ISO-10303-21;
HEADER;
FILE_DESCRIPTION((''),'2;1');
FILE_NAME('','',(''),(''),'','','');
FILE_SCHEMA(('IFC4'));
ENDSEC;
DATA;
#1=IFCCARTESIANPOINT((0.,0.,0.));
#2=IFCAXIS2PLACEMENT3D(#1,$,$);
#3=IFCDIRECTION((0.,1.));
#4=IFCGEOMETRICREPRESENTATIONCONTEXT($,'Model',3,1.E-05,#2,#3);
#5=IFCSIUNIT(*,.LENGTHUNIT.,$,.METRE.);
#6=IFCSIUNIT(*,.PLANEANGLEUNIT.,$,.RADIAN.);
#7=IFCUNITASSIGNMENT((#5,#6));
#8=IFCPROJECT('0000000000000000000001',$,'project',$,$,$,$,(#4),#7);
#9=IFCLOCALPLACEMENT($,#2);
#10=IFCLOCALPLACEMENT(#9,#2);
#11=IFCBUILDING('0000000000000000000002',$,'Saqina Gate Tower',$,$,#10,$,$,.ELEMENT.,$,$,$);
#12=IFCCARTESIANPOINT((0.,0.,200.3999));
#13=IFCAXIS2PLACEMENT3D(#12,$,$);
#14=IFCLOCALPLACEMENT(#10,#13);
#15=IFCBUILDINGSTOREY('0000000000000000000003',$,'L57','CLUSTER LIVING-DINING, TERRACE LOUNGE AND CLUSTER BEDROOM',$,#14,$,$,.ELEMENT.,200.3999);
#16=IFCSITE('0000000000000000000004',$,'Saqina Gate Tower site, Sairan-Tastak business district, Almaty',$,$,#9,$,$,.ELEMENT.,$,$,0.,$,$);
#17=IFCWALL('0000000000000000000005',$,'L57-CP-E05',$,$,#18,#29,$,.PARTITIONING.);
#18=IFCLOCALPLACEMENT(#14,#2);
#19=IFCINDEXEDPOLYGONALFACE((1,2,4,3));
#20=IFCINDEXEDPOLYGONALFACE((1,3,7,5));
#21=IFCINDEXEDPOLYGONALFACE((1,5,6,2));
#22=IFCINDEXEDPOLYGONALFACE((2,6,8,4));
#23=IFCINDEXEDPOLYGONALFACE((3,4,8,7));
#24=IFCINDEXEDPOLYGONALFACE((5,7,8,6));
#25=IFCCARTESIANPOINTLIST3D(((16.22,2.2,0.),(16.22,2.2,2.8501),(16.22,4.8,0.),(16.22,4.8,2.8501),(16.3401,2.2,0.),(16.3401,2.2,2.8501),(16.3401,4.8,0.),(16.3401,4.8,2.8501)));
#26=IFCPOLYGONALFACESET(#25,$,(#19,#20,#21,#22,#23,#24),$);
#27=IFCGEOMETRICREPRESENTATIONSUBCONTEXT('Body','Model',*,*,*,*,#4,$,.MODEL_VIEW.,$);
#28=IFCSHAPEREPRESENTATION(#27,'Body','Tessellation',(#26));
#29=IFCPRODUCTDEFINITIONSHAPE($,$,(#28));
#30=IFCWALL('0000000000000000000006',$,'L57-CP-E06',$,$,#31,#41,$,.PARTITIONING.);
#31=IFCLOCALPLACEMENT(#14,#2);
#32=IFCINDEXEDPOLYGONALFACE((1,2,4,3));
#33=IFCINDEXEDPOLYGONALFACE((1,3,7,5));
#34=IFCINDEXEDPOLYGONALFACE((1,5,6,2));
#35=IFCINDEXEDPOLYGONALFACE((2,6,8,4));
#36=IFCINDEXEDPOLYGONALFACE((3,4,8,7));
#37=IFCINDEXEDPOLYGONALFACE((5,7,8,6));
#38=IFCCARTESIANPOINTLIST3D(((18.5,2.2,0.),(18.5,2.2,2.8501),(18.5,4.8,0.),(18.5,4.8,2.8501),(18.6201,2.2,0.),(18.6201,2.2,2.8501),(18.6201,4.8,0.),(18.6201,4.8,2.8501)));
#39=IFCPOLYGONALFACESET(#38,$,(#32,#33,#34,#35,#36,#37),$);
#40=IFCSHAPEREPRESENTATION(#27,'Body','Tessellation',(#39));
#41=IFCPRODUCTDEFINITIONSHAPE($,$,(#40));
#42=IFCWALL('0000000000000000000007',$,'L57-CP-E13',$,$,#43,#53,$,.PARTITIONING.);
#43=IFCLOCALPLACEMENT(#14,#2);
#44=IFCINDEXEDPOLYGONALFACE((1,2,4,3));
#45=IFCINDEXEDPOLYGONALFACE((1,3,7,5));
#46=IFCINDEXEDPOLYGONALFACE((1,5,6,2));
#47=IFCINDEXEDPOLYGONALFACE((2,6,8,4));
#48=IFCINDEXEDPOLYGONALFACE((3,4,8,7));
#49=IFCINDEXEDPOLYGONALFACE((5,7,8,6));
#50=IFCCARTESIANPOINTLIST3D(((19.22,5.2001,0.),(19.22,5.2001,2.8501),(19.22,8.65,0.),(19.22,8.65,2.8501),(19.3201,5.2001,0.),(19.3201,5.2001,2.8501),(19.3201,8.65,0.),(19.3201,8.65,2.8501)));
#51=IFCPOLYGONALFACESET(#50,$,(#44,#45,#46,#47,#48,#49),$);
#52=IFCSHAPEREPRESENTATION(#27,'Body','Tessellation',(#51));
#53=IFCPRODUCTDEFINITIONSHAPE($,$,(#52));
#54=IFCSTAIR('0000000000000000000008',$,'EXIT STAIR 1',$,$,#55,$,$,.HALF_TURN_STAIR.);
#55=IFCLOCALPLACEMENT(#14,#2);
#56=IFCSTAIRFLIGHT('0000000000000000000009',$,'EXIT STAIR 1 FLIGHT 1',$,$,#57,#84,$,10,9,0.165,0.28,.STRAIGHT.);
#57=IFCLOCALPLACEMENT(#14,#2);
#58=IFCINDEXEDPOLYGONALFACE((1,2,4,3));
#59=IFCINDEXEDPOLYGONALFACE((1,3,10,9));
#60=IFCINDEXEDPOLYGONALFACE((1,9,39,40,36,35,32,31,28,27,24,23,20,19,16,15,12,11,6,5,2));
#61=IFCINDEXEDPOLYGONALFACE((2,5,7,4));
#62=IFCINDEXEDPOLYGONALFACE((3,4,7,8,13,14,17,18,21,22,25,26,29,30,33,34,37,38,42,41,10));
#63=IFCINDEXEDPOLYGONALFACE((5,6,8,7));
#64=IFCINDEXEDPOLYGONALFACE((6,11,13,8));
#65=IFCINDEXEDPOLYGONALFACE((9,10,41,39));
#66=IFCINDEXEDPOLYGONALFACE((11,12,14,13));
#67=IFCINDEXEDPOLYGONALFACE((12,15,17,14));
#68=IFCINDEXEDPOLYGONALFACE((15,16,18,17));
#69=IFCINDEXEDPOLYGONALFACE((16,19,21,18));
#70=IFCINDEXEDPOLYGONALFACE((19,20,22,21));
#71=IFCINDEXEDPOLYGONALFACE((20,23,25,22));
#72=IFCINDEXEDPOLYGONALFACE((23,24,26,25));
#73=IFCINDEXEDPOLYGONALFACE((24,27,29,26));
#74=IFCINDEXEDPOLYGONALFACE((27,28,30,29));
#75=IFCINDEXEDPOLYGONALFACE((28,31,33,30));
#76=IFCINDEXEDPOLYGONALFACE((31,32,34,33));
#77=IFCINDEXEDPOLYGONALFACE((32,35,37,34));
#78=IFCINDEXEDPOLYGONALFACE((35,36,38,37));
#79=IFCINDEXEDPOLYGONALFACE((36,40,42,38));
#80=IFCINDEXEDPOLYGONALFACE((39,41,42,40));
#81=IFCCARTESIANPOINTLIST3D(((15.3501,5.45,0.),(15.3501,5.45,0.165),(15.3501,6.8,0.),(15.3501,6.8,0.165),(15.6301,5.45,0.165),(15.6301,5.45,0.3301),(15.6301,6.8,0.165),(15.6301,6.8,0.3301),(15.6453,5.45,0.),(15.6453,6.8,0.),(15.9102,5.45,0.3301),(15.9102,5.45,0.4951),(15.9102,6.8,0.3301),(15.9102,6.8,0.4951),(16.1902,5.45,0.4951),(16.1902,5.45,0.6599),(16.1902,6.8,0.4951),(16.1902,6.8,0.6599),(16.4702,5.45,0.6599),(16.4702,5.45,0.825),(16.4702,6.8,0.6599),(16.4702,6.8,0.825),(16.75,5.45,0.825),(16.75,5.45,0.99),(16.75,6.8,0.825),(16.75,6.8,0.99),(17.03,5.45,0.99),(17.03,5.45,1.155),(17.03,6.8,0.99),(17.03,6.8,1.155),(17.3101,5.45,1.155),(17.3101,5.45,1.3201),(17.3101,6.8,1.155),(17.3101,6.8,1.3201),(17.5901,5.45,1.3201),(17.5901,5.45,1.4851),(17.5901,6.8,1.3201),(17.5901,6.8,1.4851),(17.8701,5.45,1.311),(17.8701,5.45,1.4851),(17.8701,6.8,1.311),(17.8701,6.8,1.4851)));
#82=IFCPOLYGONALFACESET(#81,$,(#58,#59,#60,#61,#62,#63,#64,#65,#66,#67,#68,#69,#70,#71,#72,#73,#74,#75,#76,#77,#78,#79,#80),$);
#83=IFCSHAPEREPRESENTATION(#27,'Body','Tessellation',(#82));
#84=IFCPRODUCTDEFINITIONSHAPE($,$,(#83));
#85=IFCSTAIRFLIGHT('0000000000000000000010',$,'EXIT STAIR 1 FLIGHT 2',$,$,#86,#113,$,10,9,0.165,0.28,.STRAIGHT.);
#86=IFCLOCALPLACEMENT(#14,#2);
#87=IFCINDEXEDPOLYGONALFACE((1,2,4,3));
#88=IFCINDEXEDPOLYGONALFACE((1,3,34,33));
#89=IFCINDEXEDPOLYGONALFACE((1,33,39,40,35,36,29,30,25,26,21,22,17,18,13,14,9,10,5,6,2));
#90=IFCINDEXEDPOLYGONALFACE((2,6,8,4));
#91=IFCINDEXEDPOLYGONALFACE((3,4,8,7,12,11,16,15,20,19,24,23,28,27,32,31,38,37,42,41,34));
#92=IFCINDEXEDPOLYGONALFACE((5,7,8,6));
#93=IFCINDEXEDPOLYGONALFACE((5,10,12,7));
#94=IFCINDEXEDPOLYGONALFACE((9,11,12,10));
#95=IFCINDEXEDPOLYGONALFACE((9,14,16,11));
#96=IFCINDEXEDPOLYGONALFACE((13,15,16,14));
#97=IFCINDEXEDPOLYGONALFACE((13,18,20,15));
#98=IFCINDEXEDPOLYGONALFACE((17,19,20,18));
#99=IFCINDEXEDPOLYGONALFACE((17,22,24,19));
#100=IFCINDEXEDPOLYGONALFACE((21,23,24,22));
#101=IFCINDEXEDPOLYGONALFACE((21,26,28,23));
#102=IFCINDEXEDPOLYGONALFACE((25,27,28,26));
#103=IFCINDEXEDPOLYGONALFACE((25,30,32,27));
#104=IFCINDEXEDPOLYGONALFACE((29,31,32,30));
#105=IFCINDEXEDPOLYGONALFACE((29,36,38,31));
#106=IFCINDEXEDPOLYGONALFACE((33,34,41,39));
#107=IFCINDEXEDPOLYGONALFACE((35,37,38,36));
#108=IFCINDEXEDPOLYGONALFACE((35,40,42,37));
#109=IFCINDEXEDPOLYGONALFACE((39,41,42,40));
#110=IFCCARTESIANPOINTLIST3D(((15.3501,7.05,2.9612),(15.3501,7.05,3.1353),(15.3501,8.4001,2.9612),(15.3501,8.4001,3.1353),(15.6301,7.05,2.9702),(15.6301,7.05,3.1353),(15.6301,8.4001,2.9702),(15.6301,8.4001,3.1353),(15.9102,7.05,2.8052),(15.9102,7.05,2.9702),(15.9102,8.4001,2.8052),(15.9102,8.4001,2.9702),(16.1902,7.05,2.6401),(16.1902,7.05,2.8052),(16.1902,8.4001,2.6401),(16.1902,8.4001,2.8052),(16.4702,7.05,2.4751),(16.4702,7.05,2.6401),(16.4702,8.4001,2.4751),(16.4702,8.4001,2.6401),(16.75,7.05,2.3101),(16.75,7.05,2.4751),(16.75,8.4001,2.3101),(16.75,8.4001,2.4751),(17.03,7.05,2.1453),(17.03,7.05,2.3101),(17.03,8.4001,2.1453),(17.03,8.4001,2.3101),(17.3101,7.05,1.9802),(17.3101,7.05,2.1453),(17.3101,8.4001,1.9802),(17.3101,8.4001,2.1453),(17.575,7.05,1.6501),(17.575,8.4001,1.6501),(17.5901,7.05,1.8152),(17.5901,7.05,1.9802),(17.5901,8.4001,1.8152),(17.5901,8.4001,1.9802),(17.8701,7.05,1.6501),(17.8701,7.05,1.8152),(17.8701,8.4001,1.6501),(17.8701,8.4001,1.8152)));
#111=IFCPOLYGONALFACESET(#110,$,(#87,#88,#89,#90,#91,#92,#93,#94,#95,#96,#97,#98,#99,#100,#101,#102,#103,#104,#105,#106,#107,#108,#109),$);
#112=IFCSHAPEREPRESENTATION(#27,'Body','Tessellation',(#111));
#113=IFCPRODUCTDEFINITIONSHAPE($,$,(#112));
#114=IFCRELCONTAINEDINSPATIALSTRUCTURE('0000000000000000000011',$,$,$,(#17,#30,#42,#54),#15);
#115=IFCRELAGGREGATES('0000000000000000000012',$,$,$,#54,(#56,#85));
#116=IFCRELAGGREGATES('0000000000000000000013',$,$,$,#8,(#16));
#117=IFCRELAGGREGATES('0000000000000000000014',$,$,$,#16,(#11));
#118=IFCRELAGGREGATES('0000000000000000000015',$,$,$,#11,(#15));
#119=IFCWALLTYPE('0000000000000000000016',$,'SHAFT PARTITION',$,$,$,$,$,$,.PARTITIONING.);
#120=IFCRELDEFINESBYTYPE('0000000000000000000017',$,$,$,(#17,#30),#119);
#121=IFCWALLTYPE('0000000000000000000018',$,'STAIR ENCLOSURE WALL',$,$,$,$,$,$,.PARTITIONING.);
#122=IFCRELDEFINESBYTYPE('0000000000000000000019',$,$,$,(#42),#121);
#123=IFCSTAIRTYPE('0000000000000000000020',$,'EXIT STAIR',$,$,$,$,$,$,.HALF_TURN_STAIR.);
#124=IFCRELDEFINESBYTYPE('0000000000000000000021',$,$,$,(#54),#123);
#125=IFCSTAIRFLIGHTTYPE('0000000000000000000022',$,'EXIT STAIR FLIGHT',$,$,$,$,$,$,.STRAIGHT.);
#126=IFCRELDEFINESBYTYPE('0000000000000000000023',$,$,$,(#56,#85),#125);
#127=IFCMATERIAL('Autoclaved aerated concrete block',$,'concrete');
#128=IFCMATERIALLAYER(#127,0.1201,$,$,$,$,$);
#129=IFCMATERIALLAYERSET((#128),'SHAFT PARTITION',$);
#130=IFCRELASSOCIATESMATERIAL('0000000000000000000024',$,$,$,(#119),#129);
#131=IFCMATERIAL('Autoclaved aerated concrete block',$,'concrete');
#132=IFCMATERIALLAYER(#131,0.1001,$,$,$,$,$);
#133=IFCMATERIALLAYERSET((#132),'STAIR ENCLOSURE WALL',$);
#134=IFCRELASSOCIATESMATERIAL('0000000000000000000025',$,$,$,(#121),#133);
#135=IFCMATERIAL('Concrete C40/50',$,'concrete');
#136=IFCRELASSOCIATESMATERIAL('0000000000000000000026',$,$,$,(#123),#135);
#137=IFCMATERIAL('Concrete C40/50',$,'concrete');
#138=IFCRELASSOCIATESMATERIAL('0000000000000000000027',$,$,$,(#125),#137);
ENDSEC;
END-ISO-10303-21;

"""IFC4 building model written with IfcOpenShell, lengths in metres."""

from ifc_helpers import new_model, si_unit, direction, frame, frame_2d, origin, place, context, subcontext, project, spatial, polyline, rectangle, outline, extrude, material, layer, layer_set, type_object, element, aggregate, save


model = new_model("IFC4")

# Units and contexts
model_context = context("Model", 3, precision=1e-05, world=origin(), true_north=direction((0.0, 1.0)))
body_context = subcontext(model_context, "Body", "Model", "MODEL_VIEW")
ifc_project = project(units=[si_unit("LENGTHUNIT", "METRE"), si_unit("PLANEANGLEUNIT", "RADIAN")], contexts=[model_context])

# Site, building, storey
site_placement = place(None, origin())
site = spatial("IfcSite", under=ifc_project, at=site_placement, Name="Saqina Gate Tower site, Sairan-Tastak business district, Almaty", CompositionType="ELEMENT", RefElevation=0.0)
building_placement = place(site_placement, origin())
building = spatial("IfcBuilding", under=site, at=building_placement, Name="Saqina Gate Tower", CompositionType="ELEMENT")
storey_placement = place(building_placement, frame((0.0, 0.0, 200.3999)))
storey = spatial("IfcBuildingStorey", under=building, at=storey_placement, Name="L57", Description="CLUSTER LIVING-DINING, TERRACE LOUNGE AND CLUSTER BEDROOM", CompositionType="ELEMENT", Elevation=200.3999)

# Walls
ifc_material_1 = material(Name="Autoclaved aerated concrete block", Category="concrete")
ifc_layer_1 = layer(ifc_material_1, 0.1201)
ifc_layer_set_1 = layer_set([ifc_layer_1], Name="SHAFT PARTITION")
wall_type_1 = type_object("IfcWallType", Name="SHAFT PARTITION", PredefinedType="PARTITIONING", material=ifc_layer_set_1)
for number, where, z_axis, x_axis, name in (
    (1, (16.28, 2.2, 0.0), (0.0, 0.0, 1.0), (0.0, 1.0, 0.0), "L57-CP-E05"),
    (2, (18.5601, 2.2, 0.0), (0.0, 0.0, 1.0), (0.0, 1.0, 0.0), "L57-CP-E06"),
):
    element("IfcWall", number, at=place(storey_placement, frame(where, z_axis=z_axis, x_axis=x_axis)), inside=storey, type_object=wall_type_1, Name=name, PredefinedType="PARTITIONING", context=body_context, shape_type="SweptSolid", body=[
        extrude(rectangle(XDim=2.6001, YDim=0.1201, at=frame_2d((1.3, 0.0))), origin(), (0.0, 0.0, 1.0), 2.8501),
    ])
ifc_material_2 = material(Name="Autoclaved aerated concrete block", Category="concrete")
ifc_layer_2 = layer(ifc_material_2, 0.1001)
ifc_layer_set_2 = layer_set([ifc_layer_2], Name="STAIR ENCLOSURE WALL")
wall_type_2 = type_object("IfcWallType", Name="STAIR ENCLOSURE WALL", PredefinedType="PARTITIONING", material=ifc_layer_set_2)
wall_1_placement = place(storey_placement, frame((19.27, 5.2, 0.0), z_axis=(0.0, 0.0, 1.0), x_axis=(0.0, 1.0, 0.0)))
element("IfcWall", 3, at=wall_1_placement, inside=storey, type_object=wall_type_2, Name="L57-CP-E13", PredefinedType="PARTITIONING", context=body_context, shape_type="SweptSolid", body=[
    extrude(rectangle(XDim=3.45, YDim=0.1001, at=frame_2d((1.7251, 0.0))), origin(), (0.0, 0.0, 1.0), 2.8501),
])

# Stair, stair flights
ifc_material_3 = material(Name="Concrete C40/50", Category="concrete")
stair_type = type_object("IfcStairType", Name="EXIT STAIR", PredefinedType="HALF_TURN_STAIR", material=ifc_material_3)
stair_placement = place(storey_placement, origin())
stair = element("IfcStair", 4, at=stair_placement, inside=storey, type_object=stair_type, Name="EXIT STAIR 1", PredefinedType="HALF_TURN_STAIR")
ifc_material_4 = material(Name="Concrete C40/50", Category="concrete")
stair_flight_type = type_object("IfcStairFlightType", Name="EXIT STAIR FLIGHT", PredefinedType="STRAIGHT", material=ifc_material_4)
stair_flight_1_placement = place(storey_placement, frame((15.3501, 6.125, 0.0), z_axis=(0.0, 0.0, 1.0), x_axis=(1.0, 0.0, 0.0)))
stair_flight_1 = element("IfcStairFlight", 5, at=stair_flight_1_placement, type_object=stair_flight_type, Name="EXIT STAIR 1 FLIGHT 1", NumberOfRisers=10, NumberOfTreads=9, PredefinedType="STRAIGHT", RiserHeight=0.165, TreadLength=0.28, context=body_context, shape_type="SweptSolid", body=[
    extrude(outline(polyline([(0.0, 0.0), (0.0, 0.165), (0.28, 0.165), (0.28, 0.3301), (0.5601, 0.3301), (0.5601, 0.4951), (0.8401, 0.4951), (0.8401, 0.6599), (1.1201, 0.6599), (1.1201, 0.825), (1.3999, 0.825), (1.3999, 0.99), (1.6799, 0.99), (1.6799, 1.155), (1.96, 1.155), (1.96, 1.3201), (2.24, 1.3201), (2.24, 1.4851), (2.52, 1.4851), (2.52, 1.6499), (2.52, 1.311), (0.2952, 0.0), (0.0, 0.0)])), frame((0.0, 0.675, 0.0), z_axis=(0.0, -1.0, 0.0), x_axis=(1.0, 0.0, 0.0)), (0.0, 0.0, 1.0), 1.3501),
])
stair_flight_2_placement = place(storey_placement, frame((17.8701, 7.7251, 1.6501), z_axis=(0.0, 0.0, 1.0), x_axis=(-1.0, 0.0, 0.0)))
stair_flight_2 = element("IfcStairFlight", 6, at=stair_flight_2_placement, type_object=stair_flight_type, Name="EXIT STAIR 1 FLIGHT 2", NumberOfRisers=10, NumberOfTreads=9, PredefinedType="STRAIGHT", RiserHeight=0.165, TreadLength=0.28, context=body_context, shape_type="SweptSolid", body=[
    extrude(outline(polyline([(0.0, 0.0), (0.0, 0.165), (0.28, 0.165), (0.28, 0.3301), (0.5601, 0.3301), (0.5601, 0.4951), (0.8401, 0.4951), (0.8401, 0.6599), (1.1201, 0.6599), (1.1201, 0.825), (1.3999, 0.825), (1.3999, 0.99), (1.6799, 0.99), (1.6799, 1.155), (1.96, 1.155), (1.96, 1.3201), (2.24, 1.3201), (2.24, 1.4851), (2.52, 1.4851), (2.52, 1.6499), (2.52, 1.311), (0.2952, 0.0), (0.0, 0.0)])), frame((0.0, 0.675, 0.0), z_axis=(0.0, -1.0, 0.0), x_axis=(1.0, 0.0, 0.0)), (0.0, 0.0, 1.0), 1.3501),
])
aggregate(stair, [stair_flight_1, stair_flight_2])

save(model, "model.ifc")
